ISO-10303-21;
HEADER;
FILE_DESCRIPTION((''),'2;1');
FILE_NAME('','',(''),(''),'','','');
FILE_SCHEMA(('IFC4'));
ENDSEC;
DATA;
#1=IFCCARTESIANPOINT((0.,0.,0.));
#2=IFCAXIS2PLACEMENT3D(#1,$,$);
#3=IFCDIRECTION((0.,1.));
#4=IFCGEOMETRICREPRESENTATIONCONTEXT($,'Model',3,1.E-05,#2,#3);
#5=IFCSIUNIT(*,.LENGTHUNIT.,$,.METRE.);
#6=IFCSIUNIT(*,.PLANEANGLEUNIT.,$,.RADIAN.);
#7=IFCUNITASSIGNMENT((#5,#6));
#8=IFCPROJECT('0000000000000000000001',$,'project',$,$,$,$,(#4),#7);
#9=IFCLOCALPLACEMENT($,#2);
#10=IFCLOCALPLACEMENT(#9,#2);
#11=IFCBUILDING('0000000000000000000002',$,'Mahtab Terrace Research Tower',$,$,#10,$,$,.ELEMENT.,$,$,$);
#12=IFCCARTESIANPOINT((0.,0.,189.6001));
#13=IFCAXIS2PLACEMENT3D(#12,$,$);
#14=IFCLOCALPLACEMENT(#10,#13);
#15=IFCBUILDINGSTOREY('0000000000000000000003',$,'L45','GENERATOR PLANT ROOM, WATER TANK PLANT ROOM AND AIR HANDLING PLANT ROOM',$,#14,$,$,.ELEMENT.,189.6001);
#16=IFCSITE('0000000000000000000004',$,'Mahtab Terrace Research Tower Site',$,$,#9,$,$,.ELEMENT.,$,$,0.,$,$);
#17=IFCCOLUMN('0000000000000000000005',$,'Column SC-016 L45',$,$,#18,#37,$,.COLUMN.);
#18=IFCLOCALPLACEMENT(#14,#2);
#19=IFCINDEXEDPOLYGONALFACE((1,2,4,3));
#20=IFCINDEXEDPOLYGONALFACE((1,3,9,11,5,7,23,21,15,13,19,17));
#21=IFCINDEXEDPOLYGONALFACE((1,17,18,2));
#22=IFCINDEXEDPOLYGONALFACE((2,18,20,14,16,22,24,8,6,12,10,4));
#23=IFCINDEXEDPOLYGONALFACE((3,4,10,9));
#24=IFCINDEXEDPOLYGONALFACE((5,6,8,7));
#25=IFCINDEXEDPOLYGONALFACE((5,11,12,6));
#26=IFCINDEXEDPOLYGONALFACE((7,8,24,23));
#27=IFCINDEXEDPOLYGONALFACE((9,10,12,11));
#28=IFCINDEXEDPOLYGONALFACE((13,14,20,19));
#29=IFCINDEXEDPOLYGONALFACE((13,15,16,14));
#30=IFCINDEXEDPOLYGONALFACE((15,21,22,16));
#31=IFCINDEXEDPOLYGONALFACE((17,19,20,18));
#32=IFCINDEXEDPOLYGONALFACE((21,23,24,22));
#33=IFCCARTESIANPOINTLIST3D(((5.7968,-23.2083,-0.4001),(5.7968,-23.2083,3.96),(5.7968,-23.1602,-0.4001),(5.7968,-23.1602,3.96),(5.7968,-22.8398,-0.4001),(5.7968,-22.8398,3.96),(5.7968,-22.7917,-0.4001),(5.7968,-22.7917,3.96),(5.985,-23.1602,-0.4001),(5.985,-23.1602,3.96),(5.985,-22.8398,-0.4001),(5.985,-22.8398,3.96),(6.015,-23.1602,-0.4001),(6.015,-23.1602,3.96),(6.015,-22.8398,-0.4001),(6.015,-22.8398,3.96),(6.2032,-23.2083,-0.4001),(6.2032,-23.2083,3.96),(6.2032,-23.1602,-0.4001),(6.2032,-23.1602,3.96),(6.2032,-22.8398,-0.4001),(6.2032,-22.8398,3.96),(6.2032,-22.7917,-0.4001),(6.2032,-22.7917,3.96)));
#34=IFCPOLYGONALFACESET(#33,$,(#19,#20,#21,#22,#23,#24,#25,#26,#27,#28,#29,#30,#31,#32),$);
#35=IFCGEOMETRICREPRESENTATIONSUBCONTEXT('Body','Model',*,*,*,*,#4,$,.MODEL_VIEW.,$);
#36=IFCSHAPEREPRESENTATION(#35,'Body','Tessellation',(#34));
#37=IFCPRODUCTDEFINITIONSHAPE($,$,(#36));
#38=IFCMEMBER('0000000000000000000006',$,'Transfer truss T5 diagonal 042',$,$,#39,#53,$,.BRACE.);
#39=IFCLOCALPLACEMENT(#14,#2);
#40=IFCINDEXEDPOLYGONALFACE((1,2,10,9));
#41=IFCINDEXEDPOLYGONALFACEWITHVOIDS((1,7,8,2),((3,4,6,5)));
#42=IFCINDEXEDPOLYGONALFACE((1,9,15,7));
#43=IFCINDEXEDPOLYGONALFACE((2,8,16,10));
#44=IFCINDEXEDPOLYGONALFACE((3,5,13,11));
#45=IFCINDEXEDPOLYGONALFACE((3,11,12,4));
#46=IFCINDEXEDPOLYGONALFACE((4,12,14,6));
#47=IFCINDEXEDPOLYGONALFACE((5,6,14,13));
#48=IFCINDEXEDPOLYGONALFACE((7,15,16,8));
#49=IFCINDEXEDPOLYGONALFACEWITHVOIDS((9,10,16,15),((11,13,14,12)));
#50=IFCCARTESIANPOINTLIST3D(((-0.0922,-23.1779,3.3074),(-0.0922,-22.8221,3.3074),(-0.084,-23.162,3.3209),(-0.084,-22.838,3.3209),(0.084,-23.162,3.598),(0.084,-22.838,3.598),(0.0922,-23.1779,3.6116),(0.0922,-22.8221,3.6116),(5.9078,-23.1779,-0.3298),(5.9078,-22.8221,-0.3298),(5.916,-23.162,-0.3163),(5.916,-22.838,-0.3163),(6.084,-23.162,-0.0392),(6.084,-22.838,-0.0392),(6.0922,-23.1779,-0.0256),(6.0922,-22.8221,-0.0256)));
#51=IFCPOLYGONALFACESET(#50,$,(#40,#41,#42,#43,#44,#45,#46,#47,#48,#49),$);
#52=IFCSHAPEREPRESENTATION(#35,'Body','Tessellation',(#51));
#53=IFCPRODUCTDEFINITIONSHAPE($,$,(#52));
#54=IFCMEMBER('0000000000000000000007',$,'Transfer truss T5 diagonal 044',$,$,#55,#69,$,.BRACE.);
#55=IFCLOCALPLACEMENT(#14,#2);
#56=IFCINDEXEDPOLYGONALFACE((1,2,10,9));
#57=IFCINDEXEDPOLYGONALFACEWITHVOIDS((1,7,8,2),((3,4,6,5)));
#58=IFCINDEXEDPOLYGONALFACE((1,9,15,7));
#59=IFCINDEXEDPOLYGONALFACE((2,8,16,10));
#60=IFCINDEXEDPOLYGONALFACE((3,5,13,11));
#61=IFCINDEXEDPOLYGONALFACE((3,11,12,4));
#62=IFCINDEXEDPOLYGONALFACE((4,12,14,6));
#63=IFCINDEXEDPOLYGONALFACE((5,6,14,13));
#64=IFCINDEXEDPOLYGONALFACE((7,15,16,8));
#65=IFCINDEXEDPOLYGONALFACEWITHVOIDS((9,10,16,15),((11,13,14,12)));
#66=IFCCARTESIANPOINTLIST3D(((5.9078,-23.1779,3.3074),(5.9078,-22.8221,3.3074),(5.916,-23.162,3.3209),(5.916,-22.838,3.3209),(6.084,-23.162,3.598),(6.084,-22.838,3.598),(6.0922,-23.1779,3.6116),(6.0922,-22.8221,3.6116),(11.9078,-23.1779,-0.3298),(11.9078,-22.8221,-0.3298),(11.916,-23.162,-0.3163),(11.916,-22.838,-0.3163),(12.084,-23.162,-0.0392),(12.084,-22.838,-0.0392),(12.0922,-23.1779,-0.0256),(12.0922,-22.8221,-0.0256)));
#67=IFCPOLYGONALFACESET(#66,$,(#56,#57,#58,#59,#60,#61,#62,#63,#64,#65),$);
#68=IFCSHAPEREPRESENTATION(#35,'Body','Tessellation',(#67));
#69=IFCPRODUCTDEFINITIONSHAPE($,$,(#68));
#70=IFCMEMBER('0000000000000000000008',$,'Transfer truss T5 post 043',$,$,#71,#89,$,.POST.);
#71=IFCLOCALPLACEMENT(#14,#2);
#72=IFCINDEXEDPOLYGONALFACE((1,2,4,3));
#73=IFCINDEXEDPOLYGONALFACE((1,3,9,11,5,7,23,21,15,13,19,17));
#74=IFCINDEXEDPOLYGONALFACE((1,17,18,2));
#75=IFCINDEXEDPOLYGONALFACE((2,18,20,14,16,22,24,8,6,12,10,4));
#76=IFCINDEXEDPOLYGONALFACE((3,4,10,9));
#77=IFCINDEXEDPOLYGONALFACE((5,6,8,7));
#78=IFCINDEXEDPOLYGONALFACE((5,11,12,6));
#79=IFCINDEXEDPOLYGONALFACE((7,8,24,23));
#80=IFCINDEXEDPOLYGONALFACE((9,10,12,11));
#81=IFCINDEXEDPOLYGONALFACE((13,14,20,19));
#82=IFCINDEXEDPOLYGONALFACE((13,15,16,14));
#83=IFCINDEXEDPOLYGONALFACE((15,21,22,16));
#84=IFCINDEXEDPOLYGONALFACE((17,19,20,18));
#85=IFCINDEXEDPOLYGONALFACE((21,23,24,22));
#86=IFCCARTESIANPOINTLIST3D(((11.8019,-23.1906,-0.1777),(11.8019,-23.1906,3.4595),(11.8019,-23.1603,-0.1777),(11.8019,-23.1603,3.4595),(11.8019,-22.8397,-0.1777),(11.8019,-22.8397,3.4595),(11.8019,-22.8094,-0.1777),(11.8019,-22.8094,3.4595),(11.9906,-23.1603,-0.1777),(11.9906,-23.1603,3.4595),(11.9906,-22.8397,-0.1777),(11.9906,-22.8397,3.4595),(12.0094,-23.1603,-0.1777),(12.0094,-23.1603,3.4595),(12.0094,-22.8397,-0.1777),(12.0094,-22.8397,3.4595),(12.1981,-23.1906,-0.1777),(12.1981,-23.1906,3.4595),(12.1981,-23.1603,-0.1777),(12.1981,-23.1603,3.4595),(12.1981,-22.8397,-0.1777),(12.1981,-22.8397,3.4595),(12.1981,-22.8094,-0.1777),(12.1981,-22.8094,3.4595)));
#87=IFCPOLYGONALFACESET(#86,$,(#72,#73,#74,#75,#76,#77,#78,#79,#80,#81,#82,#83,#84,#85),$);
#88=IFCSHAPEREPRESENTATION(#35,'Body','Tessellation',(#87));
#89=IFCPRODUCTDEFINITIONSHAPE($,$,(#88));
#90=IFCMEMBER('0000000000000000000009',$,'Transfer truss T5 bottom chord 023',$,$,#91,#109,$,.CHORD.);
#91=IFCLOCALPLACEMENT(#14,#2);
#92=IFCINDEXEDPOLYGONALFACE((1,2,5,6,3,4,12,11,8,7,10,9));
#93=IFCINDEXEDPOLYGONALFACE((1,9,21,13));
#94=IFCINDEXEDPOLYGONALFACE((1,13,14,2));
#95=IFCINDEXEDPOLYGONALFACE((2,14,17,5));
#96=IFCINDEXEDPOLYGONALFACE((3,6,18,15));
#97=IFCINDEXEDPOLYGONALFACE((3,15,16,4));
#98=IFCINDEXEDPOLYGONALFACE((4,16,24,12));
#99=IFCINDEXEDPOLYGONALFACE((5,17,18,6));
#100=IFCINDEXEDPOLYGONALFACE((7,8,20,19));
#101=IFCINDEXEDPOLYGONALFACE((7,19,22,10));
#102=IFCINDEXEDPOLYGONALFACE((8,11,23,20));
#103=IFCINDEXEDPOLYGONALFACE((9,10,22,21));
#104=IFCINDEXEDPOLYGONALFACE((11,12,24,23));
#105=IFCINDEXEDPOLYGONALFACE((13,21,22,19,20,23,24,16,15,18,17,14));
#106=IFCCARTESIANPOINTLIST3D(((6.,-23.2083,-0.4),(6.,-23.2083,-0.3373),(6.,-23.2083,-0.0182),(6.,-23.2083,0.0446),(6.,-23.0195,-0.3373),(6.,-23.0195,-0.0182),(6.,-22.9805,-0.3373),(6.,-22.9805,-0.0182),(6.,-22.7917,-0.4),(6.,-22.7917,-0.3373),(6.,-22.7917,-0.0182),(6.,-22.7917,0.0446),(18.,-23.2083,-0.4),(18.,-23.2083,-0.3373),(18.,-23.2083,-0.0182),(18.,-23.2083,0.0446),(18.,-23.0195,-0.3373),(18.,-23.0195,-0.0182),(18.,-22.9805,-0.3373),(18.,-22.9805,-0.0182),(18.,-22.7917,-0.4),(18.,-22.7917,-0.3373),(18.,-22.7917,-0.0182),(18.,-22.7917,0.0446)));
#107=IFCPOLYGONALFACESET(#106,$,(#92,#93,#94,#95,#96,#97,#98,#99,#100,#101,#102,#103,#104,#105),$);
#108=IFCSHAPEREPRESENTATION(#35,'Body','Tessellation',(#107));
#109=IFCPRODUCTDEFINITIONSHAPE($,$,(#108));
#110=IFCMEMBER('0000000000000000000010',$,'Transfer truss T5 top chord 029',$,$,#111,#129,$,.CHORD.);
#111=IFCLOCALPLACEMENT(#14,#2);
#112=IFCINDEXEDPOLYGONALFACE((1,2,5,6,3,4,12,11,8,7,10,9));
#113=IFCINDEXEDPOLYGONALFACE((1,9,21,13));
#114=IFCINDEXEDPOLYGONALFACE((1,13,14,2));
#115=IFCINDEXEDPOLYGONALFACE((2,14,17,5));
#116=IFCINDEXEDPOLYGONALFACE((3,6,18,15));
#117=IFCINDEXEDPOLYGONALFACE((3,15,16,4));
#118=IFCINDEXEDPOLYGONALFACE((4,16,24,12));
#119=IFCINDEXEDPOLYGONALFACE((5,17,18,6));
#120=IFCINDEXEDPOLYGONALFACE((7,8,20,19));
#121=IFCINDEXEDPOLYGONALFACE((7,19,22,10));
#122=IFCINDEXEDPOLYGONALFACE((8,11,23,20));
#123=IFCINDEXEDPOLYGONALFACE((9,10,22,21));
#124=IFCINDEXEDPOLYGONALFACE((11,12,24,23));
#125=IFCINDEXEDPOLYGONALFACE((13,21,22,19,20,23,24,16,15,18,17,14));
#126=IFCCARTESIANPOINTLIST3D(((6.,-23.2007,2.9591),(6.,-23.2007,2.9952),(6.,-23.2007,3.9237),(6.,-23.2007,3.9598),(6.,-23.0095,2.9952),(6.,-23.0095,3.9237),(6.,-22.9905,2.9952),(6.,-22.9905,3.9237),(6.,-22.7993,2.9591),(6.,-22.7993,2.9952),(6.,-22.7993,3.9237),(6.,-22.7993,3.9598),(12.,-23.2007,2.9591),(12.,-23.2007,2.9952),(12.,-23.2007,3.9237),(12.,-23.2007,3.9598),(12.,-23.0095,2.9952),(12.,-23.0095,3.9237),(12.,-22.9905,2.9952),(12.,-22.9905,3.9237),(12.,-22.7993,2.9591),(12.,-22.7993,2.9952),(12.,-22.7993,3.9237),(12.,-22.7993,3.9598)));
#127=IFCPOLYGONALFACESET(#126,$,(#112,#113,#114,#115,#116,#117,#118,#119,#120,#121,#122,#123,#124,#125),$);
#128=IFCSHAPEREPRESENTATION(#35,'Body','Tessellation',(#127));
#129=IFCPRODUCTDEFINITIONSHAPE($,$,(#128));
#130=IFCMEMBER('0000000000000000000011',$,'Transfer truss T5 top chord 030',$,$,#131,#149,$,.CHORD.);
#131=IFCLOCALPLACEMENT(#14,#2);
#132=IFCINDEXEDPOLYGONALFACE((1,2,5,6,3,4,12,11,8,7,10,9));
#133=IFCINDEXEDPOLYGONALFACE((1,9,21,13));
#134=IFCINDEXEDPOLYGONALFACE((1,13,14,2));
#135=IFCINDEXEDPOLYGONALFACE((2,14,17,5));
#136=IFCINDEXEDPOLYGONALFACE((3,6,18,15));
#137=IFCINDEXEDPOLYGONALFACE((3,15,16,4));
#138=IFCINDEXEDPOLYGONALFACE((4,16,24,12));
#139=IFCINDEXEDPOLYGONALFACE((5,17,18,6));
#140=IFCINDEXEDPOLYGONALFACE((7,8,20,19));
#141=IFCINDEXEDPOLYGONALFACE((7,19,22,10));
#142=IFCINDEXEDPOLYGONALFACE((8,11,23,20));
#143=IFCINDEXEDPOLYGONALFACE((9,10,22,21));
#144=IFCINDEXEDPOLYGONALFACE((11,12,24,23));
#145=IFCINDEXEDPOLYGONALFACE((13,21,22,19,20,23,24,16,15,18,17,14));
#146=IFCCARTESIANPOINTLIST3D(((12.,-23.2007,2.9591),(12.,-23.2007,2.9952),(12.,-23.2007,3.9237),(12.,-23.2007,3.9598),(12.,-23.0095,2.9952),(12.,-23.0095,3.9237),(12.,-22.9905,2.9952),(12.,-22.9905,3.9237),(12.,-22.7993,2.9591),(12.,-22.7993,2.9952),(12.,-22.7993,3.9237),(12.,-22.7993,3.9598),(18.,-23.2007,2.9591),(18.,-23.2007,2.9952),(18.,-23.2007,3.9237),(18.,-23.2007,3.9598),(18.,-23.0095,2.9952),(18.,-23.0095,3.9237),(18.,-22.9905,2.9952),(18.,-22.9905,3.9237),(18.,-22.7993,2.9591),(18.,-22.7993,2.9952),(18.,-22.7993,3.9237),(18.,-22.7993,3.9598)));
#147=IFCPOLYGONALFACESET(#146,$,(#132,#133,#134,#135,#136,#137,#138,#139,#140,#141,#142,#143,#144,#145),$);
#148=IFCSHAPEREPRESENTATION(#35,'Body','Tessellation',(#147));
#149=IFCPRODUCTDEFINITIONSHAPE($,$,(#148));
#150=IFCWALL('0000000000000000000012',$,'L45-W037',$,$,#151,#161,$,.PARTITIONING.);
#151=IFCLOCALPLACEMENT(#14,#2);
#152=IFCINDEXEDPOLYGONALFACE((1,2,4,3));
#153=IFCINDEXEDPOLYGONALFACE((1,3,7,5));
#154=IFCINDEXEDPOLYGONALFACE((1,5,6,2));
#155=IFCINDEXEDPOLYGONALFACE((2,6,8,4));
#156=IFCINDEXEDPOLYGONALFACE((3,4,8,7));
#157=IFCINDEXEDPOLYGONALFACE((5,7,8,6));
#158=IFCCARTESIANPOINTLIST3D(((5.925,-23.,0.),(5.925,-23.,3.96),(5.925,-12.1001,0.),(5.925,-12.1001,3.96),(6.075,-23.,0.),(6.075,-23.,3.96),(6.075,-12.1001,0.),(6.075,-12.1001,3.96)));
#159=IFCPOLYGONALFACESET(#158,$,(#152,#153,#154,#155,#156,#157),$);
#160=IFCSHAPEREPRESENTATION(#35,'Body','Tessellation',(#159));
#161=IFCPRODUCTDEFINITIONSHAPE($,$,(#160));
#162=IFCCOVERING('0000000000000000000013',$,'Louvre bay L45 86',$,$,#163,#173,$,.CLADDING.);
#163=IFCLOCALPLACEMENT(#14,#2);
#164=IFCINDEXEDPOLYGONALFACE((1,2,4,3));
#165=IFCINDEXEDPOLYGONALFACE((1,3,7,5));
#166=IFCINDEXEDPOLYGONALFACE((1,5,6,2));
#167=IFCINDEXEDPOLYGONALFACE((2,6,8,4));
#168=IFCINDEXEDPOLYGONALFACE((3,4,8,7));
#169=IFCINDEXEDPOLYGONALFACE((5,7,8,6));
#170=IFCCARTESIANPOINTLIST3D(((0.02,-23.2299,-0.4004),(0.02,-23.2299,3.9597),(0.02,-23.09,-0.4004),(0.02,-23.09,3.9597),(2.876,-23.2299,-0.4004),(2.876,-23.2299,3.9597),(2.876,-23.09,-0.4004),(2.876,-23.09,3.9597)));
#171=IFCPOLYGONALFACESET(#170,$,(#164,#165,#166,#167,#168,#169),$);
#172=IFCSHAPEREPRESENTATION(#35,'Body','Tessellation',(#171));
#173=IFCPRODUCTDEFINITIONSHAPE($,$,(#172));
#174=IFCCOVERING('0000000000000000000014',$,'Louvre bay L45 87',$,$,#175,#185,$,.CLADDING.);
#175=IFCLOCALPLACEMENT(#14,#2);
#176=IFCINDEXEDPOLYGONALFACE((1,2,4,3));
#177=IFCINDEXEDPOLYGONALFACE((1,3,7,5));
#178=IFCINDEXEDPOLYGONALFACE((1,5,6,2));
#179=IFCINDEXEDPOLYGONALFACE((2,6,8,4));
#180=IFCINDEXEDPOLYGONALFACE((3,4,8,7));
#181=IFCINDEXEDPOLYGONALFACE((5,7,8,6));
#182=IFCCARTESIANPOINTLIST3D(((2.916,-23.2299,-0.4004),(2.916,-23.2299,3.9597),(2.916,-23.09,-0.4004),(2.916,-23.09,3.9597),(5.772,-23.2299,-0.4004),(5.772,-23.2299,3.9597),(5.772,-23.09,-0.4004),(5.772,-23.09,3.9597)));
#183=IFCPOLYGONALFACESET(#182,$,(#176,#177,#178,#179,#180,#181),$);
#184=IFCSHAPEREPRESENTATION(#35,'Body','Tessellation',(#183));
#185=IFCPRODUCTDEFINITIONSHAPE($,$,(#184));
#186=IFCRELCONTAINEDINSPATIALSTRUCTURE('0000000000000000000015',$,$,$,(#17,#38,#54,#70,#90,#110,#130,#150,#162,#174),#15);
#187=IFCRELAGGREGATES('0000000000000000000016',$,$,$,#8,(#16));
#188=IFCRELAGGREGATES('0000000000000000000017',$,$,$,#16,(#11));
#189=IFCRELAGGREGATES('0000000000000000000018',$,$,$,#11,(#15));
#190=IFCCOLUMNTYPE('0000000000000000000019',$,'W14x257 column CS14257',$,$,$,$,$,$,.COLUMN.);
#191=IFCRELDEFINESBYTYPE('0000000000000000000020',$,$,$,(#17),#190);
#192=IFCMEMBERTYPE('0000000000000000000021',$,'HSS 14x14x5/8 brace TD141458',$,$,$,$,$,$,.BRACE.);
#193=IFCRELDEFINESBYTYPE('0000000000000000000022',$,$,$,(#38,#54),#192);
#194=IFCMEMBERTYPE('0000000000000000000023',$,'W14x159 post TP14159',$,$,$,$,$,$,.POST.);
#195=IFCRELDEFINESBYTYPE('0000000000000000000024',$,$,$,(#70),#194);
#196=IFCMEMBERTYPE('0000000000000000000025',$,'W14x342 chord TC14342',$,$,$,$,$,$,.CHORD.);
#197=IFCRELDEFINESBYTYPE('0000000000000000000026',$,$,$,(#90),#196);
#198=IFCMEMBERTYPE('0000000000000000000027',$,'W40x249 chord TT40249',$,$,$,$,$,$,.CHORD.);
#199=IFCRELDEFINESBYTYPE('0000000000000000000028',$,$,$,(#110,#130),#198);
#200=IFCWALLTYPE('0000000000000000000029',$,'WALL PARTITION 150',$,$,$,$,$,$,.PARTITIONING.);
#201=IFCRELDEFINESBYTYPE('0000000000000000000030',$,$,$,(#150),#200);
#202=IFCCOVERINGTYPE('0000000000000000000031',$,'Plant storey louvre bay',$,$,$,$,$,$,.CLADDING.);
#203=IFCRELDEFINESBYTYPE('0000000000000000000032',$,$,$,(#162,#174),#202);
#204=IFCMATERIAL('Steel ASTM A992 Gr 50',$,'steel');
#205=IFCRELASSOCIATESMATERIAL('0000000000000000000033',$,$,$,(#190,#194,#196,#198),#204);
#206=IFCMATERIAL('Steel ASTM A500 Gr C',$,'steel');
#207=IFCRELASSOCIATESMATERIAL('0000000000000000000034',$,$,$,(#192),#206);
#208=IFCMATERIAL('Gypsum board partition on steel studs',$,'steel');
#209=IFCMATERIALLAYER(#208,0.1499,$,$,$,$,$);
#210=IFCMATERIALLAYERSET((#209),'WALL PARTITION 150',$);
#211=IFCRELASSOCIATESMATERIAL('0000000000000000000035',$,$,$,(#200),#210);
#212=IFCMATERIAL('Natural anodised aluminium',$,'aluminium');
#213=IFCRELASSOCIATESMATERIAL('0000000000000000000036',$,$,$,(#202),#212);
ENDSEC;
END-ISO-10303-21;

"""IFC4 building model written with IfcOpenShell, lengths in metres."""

from ifc_helpers import new_model, si_unit, direction, frame, frame_2d, origin, origin_2d, place, context, subcontext, project, spatial, rectangle, hollow_rectangle, i_section, extrude, material, layer, layer_set, material_profile, profile_set, type_object, element, save


model = new_model("IFC4")

# Units and contexts
model_context = context("Model", 3, precision=1e-05, world=origin(), true_north=direction((0.0, 1.0)))
body_context = subcontext(model_context, "Body", "Model", "MODEL_VIEW")
ifc_project = project(units=[si_unit("LENGTHUNIT", "METRE"), si_unit("PLANEANGLEUNIT", "RADIAN")], contexts=[model_context])

# Site, building, storey
site_placement = place(None, origin())
site = spatial("IfcSite", under=ifc_project, at=site_placement, Name="Mahtab Terrace Research Tower Site", CompositionType="ELEMENT", RefElevation=0.0)
building_placement = place(site_placement, origin())
building = spatial("IfcBuilding", under=site, at=building_placement, Name="Mahtab Terrace Research Tower", CompositionType="ELEMENT")
storey_placement = place(building_placement, frame((0.0, 0.0, 189.6001)))
storey = spatial("IfcBuildingStorey", under=building, at=storey_placement, Name="L45", Description="GENERATOR PLANT ROOM, WATER TANK PLANT ROOM AND AIR HANDLING PLANT ROOM", CompositionType="ELEMENT", Elevation=189.6001)

# Column
ifc_material_1 = material(Name="Steel ASTM A992 Gr 50", Category="steel")
ifc_material_profile_1 = material_profile(ifc_material_1, i_section(OverallWidth=0.4065, OverallDepth=0.4165, WebThickness=0.03, FlangeThickness=0.0481, at=origin_2d()), Name="W14X257")
ifc_profile_set_1 = profile_set([ifc_material_profile_1], Name="Steel ASTM A992 Gr 50")
column_type = type_object("IfcColumnType", Name="W14x257 column CS14257", PredefinedType="COLUMN", material=ifc_profile_set_1)
column_placement = place(storey_placement, frame((6.0, -23.0, -0.4001), z_axis=(0.0, 0.0, 1.0), x_axis=(1.0, 0.0, 0.0)))
element("IfcColumn", 1, at=column_placement, inside=storey, type_object=column_type, Name="Column SC-016 L45", PredefinedType="COLUMN", context=body_context, shape_type="SweptSolid", body=[
    extrude(i_section(OverallWidth=0.4065, OverallDepth=0.4165, WebThickness=0.03, FlangeThickness=0.0481, at=origin_2d()), origin(), (0.0, 0.0, 1.0), 4.3601),
])

# Members
ifc_material_2 = material(Name="Steel ASTM A500 Gr C", Category="steel")
ifc_material_profile_2 = material_profile(ifc_material_2, hollow_rectangle(XDim=0.3557, YDim=0.3557, WallThickness=0.0159, at=origin_2d()), Name="HSS14X14X5/8")
ifc_profile_set_2 = profile_set([ifc_material_profile_2], Name="Steel ASTM A500 Gr C")
member_type_1 = type_object("IfcMemberType", Name="HSS 14x14x5/8 brace TD141458", PredefinedType="BRACE", material=ifc_profile_set_2)
for number, where, z_axis, x_axis, name in (
    (2, (6.0, -23.0, -0.1777), (-0.855145, 0.0, 0.51839), (0.0, -1.0, 0.0), "Transfer truss T5 diagonal 042"),
    (3, (12.0, -23.0, -0.1777), (-0.855145, 0.0, 0.51839), (0.0, -1.0, 0.0), "Transfer truss T5 diagonal 044"),
):
    element("IfcMember", number, at=place(storey_placement, frame(where, z_axis=z_axis, x_axis=x_axis)), inside=storey, type_object=member_type_1, Name=name, PredefinedType="BRACE", context=body_context, shape_type="SweptSolid", body=[
        extrude(hollow_rectangle(XDim=0.3557, YDim=0.3557, WallThickness=0.0159, at=origin_2d()), origin(), (0.0, 0.0, 1.0), 7.0164),
    ])
ifc_material_profile_3 = material_profile(ifc_material_1, i_section(OverallWidth=0.3962, OverallDepth=0.3811, WebThickness=0.0188, FlangeThickness=0.0303, at=origin_2d()), Name="W14X159")
ifc_profile_set_3 = profile_set([ifc_material_profile_3], Name="Steel ASTM A992 Gr 50")
member_type_2 = type_object("IfcMemberType", Name="W14x159 post TP14159", PredefinedType="POST", material=ifc_profile_set_3)
member_1_placement = place(storey_placement, frame((12.0, -23.0, -0.1777), z_axis=(0.0, 0.0, 1.0), x_axis=(1.0, 0.0, 0.0)))
element("IfcMember", 4, at=member_1_placement, inside=storey, type_object=member_type_2, Name="Transfer truss T5 post 043", PredefinedType="POST", context=body_context, shape_type="SweptSolid", body=[
    extrude(i_section(OverallWidth=0.3962, OverallDepth=0.3811, WebThickness=0.0188, FlangeThickness=0.0303, at=origin_2d()), origin(), (0.0, 0.0, 1.0), 3.6372),
])
ifc_material_profile_4 = material_profile(ifc_material_1, i_section(OverallWidth=0.4165, OverallDepth=0.4446, WebThickness=0.0391, FlangeThickness=0.0627, at=origin_2d()), Name="W14X342")
ifc_profile_set_4 = profile_set([ifc_material_profile_4], Name="Steel ASTM A992 Gr 50")
member_type_3 = type_object("IfcMemberType", Name="W14x342 chord TC14342", PredefinedType="CHORD", material=ifc_profile_set_4)
member_2_placement = place(storey_placement, frame((6.0, -23.0, -0.1777), z_axis=(1.0, 0.0, 0.0), x_axis=(0.0, 1.0, 0.0)))
element("IfcMember", 5, at=member_2_placement, inside=storey, type_object=member_type_3, Name="Transfer truss T5 bottom chord 023", PredefinedType="CHORD", context=body_context, shape_type="SweptSolid", body=[
    extrude(i_section(OverallWidth=0.4165, OverallDepth=0.4446, WebThickness=0.0391, FlangeThickness=0.0627, at=origin_2d()), origin(), (0.0, 0.0, 1.0), 12.0),
])
ifc_material_profile_5 = material_profile(ifc_material_1, i_section(OverallWidth=0.4014, OverallDepth=1.0007, WebThickness=0.019, FlangeThickness=0.0361, at=origin_2d()), Name="W40X249")
ifc_profile_set_5 = profile_set([ifc_material_profile_5], Name="Steel ASTM A992 Gr 50")
member_type_4 = type_object("IfcMemberType", Name="W40x249 chord TT40249", PredefinedType="CHORD", material=ifc_profile_set_5)
for number, where, z_axis, x_axis, name in (
    (6, (6.0, -23.0, 3.4595), (1.0, 0.0, 0.0), (0.0, 1.0, 0.0), "Transfer truss T5 top chord 029"),
    (7, (12.0, -23.0, 3.4595), (1.0, 0.0, 0.0), (0.0, 1.0, 0.0), "Transfer truss T5 top chord 030"),
):
    element("IfcMember", number, at=place(storey_placement, frame(where, z_axis=z_axis, x_axis=x_axis)), inside=storey, type_object=member_type_4, Name=name, PredefinedType="CHORD", context=body_context, shape_type="SweptSolid", body=[
        extrude(i_section(OverallWidth=0.4014, OverallDepth=1.0007, WebThickness=0.019, FlangeThickness=0.0361, at=origin_2d()), origin(), (0.0, 0.0, 1.0), 6.0),
    ])

# Wall
ifc_material_3 = material(Name="Gypsum board partition on steel studs", Category="steel")
ifc_layer_1 = layer(ifc_material_3, 0.1499)
ifc_layer_set_1 = layer_set([ifc_layer_1], Name="WALL PARTITION 150")
wall_type = type_object("IfcWallType", Name="WALL PARTITION 150", PredefinedType="PARTITIONING", material=ifc_layer_set_1)
wall_placement = place(storey_placement, frame((6.0, -23.0, 0.0), z_axis=(0.0, 0.0, 1.0), x_axis=(0.0, 1.0, 0.0)))
element("IfcWall", 8, at=wall_placement, inside=storey, type_object=wall_type, Name="L45-W037", PredefinedType="PARTITIONING", context=body_context, shape_type="SweptSolid", body=[
    extrude(rectangle(XDim=10.8999, YDim=0.1499, at=frame_2d((5.45, 0.0))), origin(), (0.0, 0.0, 1.0), 3.96),
])

# Coverings
ifc_material_4 = material(Name="Natural anodised aluminium", Category="aluminium")
covering_type = type_object("IfcCoveringType", Name="Plant storey louvre bay", PredefinedType="CLADDING", material=ifc_material_4)
for number, where, z_axis, x_axis, name in (
    (9, (1.448, -23.1599, -0.4004), (0.0, 0.0, 1.0), (1.0, 0.0, 0.0), "Louvre bay L45 86"),
    (10, (4.344, -23.1599, -0.4004), (0.0, 0.0, 1.0), (1.0, 0.0, 0.0), "Louvre bay L45 87"),
):
    element("IfcCovering", number, at=place(storey_placement, frame(where, z_axis=z_axis, x_axis=x_axis)), inside=storey, type_object=covering_type, Name=name, PredefinedType="CLADDING", context=body_context, shape_type="SweptSolid", body=[
        extrude(rectangle(XDim=2.856, YDim=0.1399, at=origin_2d()), origin(), (0.0, 0.0, 1.0), 4.3601),
    ])

save(model, "model.ifc")
